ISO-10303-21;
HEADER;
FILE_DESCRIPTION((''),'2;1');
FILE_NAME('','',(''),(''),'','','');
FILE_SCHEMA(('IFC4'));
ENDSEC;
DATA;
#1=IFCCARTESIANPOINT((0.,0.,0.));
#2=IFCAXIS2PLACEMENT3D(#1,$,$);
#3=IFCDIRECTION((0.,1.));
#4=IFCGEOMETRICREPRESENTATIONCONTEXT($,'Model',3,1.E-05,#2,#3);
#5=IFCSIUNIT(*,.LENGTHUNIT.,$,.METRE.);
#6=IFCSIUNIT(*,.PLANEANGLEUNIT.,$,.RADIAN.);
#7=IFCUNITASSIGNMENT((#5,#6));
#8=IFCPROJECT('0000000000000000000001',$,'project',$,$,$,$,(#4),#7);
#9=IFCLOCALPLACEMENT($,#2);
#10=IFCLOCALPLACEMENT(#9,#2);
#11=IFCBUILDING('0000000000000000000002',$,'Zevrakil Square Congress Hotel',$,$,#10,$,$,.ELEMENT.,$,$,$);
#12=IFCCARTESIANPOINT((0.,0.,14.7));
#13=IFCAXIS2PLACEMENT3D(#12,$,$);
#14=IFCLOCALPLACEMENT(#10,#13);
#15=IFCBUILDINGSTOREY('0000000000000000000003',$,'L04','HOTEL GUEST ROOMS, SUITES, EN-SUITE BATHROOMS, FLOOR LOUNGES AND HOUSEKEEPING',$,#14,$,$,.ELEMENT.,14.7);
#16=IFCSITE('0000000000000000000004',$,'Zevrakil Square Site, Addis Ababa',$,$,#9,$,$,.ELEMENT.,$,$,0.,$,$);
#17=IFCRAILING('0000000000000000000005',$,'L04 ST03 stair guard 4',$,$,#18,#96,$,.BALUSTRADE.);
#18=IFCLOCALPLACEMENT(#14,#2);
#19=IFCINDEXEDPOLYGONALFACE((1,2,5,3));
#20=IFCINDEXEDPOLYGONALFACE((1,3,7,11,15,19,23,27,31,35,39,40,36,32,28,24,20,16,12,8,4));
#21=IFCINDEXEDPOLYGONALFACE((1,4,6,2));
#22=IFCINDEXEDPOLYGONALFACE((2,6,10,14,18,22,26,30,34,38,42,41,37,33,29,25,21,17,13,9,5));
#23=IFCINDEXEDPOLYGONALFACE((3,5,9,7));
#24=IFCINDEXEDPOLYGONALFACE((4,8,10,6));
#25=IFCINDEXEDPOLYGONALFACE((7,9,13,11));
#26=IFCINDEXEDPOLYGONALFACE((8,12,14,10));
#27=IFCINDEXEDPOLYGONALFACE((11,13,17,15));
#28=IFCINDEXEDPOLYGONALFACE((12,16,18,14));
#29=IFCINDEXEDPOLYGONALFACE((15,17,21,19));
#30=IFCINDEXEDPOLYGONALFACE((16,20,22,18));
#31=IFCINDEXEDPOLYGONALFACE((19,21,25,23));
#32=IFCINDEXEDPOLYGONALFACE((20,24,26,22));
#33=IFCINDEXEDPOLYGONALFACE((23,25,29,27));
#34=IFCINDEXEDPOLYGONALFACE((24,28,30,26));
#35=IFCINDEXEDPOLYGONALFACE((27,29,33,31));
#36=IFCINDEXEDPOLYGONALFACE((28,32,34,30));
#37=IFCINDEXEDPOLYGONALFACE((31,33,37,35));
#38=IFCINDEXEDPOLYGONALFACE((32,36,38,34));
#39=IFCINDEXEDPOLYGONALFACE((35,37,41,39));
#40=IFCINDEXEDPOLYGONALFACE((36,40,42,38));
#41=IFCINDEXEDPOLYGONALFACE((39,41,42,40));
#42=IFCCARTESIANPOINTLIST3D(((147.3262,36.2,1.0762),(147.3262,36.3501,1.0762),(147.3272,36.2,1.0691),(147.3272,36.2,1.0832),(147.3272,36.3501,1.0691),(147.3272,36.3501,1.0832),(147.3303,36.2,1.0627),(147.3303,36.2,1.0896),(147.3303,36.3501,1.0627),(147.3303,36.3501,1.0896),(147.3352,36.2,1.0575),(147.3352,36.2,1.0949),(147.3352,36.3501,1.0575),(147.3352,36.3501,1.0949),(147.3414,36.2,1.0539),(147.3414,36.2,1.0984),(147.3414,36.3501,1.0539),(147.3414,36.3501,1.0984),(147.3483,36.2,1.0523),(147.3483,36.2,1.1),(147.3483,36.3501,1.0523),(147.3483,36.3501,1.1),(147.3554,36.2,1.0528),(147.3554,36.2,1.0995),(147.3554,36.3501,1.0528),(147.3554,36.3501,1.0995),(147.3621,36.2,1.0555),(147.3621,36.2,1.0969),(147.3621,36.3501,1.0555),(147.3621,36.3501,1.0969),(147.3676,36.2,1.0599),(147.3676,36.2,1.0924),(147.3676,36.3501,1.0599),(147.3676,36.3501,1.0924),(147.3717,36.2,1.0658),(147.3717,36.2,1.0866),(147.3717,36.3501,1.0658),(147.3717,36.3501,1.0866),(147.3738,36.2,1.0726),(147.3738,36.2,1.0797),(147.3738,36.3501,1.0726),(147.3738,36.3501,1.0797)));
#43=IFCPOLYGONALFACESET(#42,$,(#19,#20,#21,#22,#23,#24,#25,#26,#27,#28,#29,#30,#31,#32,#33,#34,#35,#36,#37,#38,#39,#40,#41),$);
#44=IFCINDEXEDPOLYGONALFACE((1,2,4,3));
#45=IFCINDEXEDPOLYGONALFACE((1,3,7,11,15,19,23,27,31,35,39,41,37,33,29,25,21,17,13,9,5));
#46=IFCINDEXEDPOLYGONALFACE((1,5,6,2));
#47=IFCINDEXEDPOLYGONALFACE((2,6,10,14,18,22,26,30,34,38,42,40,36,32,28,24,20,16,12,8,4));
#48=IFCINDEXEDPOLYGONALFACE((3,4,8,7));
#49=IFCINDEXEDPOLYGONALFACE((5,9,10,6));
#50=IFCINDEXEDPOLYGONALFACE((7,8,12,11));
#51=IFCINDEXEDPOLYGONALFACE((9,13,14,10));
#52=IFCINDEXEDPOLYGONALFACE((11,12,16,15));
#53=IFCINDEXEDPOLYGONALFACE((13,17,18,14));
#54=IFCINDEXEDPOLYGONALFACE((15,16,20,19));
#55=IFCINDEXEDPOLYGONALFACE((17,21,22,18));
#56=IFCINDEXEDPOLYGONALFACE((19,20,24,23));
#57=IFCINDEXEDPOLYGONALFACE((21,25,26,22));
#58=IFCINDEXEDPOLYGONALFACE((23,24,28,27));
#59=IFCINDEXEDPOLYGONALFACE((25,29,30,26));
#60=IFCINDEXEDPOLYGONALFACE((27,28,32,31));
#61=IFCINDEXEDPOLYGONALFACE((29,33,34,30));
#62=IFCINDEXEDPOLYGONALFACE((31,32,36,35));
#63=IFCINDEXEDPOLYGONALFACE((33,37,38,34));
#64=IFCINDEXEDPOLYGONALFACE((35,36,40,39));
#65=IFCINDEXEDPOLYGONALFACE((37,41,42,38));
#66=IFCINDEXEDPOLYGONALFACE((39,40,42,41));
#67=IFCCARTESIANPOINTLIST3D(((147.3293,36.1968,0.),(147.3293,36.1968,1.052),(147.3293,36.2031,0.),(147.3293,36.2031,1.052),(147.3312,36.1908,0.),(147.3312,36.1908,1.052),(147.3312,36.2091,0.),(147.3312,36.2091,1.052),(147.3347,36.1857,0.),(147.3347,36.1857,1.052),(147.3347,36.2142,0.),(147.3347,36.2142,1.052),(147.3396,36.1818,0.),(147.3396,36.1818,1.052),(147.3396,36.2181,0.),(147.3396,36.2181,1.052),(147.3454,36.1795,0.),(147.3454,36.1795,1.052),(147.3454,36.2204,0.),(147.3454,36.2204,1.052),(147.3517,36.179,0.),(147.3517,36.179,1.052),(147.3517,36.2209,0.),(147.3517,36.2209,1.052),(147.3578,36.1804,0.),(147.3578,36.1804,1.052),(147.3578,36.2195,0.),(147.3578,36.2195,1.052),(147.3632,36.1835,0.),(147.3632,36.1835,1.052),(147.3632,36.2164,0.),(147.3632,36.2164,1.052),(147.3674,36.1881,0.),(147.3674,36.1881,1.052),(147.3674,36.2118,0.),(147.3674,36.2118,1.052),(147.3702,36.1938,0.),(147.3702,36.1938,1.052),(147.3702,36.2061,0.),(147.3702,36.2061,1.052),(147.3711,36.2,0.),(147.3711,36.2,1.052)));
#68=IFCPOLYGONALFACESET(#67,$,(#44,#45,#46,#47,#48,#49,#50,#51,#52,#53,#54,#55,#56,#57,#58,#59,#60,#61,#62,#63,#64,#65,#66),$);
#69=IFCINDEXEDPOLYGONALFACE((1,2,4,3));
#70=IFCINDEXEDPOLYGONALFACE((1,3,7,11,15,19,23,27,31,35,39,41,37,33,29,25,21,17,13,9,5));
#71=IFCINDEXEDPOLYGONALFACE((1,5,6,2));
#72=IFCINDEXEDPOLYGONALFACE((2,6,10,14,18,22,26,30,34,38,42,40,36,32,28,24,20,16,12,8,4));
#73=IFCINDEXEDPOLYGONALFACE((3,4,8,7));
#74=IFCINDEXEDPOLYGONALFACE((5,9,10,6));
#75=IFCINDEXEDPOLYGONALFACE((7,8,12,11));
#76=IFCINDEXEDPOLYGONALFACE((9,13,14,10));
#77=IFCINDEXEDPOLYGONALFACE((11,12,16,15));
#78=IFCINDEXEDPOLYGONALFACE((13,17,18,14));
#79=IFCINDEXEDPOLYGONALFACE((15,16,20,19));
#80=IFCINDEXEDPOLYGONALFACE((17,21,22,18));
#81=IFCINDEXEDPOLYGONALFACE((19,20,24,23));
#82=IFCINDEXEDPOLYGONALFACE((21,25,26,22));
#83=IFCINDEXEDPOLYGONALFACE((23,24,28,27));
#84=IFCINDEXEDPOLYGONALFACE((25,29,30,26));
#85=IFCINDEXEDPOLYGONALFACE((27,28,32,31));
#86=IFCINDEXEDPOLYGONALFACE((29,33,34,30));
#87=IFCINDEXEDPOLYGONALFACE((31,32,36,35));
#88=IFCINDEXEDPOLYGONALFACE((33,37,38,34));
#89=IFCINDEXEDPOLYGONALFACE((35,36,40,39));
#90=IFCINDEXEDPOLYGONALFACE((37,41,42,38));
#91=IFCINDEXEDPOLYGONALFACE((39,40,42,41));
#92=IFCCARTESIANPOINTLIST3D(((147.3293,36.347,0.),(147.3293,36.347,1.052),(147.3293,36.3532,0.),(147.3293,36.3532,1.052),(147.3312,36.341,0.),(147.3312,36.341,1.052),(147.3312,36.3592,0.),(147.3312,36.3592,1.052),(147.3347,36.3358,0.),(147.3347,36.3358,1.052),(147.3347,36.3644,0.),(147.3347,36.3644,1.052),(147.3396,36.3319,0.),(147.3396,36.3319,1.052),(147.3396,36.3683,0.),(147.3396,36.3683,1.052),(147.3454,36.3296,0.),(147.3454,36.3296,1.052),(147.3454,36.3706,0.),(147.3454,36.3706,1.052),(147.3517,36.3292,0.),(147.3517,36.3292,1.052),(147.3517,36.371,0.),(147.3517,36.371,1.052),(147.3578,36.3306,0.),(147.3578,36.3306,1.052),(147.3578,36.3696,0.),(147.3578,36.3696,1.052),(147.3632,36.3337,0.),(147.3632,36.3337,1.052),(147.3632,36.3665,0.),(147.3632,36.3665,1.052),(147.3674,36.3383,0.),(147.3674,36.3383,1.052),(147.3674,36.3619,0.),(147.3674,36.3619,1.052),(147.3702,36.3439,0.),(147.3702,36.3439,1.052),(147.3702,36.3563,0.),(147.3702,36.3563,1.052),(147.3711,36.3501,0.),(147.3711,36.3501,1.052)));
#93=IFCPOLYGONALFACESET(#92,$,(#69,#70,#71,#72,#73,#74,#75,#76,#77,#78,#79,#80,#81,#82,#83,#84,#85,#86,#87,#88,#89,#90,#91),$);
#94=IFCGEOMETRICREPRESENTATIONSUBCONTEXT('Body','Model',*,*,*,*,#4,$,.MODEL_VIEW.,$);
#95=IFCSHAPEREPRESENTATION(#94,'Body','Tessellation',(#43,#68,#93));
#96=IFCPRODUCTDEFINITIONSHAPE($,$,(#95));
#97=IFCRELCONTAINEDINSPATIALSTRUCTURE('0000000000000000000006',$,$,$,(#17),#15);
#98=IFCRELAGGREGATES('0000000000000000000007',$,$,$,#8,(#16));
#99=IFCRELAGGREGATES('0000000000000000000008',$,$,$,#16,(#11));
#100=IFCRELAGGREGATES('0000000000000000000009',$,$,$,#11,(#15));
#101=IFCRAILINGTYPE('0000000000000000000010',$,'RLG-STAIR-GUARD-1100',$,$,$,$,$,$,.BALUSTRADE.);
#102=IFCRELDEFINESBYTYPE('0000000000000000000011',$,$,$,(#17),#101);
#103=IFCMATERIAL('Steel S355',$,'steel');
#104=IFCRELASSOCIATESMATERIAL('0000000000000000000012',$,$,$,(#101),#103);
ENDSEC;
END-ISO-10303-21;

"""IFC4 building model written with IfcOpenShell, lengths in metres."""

from ifc_helpers import new_model, si_unit, direction, frame, origin, origin_2d, place, context, subcontext, project, spatial, circle, extrude, material, type_object, element, save


model = new_model("IFC4")

# Units and contexts
model_context = context("Model", 3, precision=1e-05, world=origin(), true_north=direction((0.0, 1.0)))
body_context = subcontext(model_context, "Body", "Model", "MODEL_VIEW")
ifc_project = project(units=[si_unit("LENGTHUNIT", "METRE"), si_unit("PLANEANGLEUNIT", "RADIAN")], contexts=[model_context])

# Site, building, storey
site_placement = place(None, origin())
site = spatial("IfcSite", under=ifc_project, at=site_placement, Name="Zevrakil Square Site, Addis Ababa", CompositionType="ELEMENT", RefElevation=0.0)
building_placement = place(site_placement, origin())
building = spatial("IfcBuilding", under=site, at=building_placement, Name="Zevrakil Square Congress Hotel", CompositionType="ELEMENT")
storey_placement = place(building_placement, frame((0.0, 0.0, 14.7)))
storey = spatial("IfcBuildingStorey", under=building, at=storey_placement, Name="L04", Description="HOTEL GUEST ROOMS, SUITES, EN-SUITE BATHROOMS, FLOOR LOUNGES AND HOUSEKEEPING", CompositionType="ELEMENT", Elevation=14.7)

# Railing
ifc_material_1 = material(Name="Steel S355", Category="steel")
railing_type_1 = type_object("IfcRailingType", Name="RLG-STAIR-GUARD-1100", PredefinedType="BALUSTRADE", material=ifc_material_1)
railing_1_placement = place(storey_placement, frame((147.3501, 36.2, 0.0)))
element("IfcRailing", 1, at=railing_1_placement, inside=storey, type_object=railing_type_1, Name="L04 ST03 stair guard 4", PredefinedType="BALUSTRADE", context=body_context, shape_type="SweptSolid", body=[
    extrude(circle(Radius=0.0239, at=origin_2d()), frame((0.0, 0.0, 1.0762), z_axis=(0.0, 1.0, 0.0), x_axis=(-1.0, 0.0, 0.0)), (0.0, 0.0, 1.0), 0.1501),
    extrude(circle(Radius=0.021, at=origin_2d()), origin(), (0.0, 0.0, 1.0), 1.052),
    extrude(circle(Radius=0.021, at=origin_2d()), frame((0.0, 0.1501, 0.0)), (0.0, 0.0, 1.0), 1.052),
])

save(model, "model.ifc")
